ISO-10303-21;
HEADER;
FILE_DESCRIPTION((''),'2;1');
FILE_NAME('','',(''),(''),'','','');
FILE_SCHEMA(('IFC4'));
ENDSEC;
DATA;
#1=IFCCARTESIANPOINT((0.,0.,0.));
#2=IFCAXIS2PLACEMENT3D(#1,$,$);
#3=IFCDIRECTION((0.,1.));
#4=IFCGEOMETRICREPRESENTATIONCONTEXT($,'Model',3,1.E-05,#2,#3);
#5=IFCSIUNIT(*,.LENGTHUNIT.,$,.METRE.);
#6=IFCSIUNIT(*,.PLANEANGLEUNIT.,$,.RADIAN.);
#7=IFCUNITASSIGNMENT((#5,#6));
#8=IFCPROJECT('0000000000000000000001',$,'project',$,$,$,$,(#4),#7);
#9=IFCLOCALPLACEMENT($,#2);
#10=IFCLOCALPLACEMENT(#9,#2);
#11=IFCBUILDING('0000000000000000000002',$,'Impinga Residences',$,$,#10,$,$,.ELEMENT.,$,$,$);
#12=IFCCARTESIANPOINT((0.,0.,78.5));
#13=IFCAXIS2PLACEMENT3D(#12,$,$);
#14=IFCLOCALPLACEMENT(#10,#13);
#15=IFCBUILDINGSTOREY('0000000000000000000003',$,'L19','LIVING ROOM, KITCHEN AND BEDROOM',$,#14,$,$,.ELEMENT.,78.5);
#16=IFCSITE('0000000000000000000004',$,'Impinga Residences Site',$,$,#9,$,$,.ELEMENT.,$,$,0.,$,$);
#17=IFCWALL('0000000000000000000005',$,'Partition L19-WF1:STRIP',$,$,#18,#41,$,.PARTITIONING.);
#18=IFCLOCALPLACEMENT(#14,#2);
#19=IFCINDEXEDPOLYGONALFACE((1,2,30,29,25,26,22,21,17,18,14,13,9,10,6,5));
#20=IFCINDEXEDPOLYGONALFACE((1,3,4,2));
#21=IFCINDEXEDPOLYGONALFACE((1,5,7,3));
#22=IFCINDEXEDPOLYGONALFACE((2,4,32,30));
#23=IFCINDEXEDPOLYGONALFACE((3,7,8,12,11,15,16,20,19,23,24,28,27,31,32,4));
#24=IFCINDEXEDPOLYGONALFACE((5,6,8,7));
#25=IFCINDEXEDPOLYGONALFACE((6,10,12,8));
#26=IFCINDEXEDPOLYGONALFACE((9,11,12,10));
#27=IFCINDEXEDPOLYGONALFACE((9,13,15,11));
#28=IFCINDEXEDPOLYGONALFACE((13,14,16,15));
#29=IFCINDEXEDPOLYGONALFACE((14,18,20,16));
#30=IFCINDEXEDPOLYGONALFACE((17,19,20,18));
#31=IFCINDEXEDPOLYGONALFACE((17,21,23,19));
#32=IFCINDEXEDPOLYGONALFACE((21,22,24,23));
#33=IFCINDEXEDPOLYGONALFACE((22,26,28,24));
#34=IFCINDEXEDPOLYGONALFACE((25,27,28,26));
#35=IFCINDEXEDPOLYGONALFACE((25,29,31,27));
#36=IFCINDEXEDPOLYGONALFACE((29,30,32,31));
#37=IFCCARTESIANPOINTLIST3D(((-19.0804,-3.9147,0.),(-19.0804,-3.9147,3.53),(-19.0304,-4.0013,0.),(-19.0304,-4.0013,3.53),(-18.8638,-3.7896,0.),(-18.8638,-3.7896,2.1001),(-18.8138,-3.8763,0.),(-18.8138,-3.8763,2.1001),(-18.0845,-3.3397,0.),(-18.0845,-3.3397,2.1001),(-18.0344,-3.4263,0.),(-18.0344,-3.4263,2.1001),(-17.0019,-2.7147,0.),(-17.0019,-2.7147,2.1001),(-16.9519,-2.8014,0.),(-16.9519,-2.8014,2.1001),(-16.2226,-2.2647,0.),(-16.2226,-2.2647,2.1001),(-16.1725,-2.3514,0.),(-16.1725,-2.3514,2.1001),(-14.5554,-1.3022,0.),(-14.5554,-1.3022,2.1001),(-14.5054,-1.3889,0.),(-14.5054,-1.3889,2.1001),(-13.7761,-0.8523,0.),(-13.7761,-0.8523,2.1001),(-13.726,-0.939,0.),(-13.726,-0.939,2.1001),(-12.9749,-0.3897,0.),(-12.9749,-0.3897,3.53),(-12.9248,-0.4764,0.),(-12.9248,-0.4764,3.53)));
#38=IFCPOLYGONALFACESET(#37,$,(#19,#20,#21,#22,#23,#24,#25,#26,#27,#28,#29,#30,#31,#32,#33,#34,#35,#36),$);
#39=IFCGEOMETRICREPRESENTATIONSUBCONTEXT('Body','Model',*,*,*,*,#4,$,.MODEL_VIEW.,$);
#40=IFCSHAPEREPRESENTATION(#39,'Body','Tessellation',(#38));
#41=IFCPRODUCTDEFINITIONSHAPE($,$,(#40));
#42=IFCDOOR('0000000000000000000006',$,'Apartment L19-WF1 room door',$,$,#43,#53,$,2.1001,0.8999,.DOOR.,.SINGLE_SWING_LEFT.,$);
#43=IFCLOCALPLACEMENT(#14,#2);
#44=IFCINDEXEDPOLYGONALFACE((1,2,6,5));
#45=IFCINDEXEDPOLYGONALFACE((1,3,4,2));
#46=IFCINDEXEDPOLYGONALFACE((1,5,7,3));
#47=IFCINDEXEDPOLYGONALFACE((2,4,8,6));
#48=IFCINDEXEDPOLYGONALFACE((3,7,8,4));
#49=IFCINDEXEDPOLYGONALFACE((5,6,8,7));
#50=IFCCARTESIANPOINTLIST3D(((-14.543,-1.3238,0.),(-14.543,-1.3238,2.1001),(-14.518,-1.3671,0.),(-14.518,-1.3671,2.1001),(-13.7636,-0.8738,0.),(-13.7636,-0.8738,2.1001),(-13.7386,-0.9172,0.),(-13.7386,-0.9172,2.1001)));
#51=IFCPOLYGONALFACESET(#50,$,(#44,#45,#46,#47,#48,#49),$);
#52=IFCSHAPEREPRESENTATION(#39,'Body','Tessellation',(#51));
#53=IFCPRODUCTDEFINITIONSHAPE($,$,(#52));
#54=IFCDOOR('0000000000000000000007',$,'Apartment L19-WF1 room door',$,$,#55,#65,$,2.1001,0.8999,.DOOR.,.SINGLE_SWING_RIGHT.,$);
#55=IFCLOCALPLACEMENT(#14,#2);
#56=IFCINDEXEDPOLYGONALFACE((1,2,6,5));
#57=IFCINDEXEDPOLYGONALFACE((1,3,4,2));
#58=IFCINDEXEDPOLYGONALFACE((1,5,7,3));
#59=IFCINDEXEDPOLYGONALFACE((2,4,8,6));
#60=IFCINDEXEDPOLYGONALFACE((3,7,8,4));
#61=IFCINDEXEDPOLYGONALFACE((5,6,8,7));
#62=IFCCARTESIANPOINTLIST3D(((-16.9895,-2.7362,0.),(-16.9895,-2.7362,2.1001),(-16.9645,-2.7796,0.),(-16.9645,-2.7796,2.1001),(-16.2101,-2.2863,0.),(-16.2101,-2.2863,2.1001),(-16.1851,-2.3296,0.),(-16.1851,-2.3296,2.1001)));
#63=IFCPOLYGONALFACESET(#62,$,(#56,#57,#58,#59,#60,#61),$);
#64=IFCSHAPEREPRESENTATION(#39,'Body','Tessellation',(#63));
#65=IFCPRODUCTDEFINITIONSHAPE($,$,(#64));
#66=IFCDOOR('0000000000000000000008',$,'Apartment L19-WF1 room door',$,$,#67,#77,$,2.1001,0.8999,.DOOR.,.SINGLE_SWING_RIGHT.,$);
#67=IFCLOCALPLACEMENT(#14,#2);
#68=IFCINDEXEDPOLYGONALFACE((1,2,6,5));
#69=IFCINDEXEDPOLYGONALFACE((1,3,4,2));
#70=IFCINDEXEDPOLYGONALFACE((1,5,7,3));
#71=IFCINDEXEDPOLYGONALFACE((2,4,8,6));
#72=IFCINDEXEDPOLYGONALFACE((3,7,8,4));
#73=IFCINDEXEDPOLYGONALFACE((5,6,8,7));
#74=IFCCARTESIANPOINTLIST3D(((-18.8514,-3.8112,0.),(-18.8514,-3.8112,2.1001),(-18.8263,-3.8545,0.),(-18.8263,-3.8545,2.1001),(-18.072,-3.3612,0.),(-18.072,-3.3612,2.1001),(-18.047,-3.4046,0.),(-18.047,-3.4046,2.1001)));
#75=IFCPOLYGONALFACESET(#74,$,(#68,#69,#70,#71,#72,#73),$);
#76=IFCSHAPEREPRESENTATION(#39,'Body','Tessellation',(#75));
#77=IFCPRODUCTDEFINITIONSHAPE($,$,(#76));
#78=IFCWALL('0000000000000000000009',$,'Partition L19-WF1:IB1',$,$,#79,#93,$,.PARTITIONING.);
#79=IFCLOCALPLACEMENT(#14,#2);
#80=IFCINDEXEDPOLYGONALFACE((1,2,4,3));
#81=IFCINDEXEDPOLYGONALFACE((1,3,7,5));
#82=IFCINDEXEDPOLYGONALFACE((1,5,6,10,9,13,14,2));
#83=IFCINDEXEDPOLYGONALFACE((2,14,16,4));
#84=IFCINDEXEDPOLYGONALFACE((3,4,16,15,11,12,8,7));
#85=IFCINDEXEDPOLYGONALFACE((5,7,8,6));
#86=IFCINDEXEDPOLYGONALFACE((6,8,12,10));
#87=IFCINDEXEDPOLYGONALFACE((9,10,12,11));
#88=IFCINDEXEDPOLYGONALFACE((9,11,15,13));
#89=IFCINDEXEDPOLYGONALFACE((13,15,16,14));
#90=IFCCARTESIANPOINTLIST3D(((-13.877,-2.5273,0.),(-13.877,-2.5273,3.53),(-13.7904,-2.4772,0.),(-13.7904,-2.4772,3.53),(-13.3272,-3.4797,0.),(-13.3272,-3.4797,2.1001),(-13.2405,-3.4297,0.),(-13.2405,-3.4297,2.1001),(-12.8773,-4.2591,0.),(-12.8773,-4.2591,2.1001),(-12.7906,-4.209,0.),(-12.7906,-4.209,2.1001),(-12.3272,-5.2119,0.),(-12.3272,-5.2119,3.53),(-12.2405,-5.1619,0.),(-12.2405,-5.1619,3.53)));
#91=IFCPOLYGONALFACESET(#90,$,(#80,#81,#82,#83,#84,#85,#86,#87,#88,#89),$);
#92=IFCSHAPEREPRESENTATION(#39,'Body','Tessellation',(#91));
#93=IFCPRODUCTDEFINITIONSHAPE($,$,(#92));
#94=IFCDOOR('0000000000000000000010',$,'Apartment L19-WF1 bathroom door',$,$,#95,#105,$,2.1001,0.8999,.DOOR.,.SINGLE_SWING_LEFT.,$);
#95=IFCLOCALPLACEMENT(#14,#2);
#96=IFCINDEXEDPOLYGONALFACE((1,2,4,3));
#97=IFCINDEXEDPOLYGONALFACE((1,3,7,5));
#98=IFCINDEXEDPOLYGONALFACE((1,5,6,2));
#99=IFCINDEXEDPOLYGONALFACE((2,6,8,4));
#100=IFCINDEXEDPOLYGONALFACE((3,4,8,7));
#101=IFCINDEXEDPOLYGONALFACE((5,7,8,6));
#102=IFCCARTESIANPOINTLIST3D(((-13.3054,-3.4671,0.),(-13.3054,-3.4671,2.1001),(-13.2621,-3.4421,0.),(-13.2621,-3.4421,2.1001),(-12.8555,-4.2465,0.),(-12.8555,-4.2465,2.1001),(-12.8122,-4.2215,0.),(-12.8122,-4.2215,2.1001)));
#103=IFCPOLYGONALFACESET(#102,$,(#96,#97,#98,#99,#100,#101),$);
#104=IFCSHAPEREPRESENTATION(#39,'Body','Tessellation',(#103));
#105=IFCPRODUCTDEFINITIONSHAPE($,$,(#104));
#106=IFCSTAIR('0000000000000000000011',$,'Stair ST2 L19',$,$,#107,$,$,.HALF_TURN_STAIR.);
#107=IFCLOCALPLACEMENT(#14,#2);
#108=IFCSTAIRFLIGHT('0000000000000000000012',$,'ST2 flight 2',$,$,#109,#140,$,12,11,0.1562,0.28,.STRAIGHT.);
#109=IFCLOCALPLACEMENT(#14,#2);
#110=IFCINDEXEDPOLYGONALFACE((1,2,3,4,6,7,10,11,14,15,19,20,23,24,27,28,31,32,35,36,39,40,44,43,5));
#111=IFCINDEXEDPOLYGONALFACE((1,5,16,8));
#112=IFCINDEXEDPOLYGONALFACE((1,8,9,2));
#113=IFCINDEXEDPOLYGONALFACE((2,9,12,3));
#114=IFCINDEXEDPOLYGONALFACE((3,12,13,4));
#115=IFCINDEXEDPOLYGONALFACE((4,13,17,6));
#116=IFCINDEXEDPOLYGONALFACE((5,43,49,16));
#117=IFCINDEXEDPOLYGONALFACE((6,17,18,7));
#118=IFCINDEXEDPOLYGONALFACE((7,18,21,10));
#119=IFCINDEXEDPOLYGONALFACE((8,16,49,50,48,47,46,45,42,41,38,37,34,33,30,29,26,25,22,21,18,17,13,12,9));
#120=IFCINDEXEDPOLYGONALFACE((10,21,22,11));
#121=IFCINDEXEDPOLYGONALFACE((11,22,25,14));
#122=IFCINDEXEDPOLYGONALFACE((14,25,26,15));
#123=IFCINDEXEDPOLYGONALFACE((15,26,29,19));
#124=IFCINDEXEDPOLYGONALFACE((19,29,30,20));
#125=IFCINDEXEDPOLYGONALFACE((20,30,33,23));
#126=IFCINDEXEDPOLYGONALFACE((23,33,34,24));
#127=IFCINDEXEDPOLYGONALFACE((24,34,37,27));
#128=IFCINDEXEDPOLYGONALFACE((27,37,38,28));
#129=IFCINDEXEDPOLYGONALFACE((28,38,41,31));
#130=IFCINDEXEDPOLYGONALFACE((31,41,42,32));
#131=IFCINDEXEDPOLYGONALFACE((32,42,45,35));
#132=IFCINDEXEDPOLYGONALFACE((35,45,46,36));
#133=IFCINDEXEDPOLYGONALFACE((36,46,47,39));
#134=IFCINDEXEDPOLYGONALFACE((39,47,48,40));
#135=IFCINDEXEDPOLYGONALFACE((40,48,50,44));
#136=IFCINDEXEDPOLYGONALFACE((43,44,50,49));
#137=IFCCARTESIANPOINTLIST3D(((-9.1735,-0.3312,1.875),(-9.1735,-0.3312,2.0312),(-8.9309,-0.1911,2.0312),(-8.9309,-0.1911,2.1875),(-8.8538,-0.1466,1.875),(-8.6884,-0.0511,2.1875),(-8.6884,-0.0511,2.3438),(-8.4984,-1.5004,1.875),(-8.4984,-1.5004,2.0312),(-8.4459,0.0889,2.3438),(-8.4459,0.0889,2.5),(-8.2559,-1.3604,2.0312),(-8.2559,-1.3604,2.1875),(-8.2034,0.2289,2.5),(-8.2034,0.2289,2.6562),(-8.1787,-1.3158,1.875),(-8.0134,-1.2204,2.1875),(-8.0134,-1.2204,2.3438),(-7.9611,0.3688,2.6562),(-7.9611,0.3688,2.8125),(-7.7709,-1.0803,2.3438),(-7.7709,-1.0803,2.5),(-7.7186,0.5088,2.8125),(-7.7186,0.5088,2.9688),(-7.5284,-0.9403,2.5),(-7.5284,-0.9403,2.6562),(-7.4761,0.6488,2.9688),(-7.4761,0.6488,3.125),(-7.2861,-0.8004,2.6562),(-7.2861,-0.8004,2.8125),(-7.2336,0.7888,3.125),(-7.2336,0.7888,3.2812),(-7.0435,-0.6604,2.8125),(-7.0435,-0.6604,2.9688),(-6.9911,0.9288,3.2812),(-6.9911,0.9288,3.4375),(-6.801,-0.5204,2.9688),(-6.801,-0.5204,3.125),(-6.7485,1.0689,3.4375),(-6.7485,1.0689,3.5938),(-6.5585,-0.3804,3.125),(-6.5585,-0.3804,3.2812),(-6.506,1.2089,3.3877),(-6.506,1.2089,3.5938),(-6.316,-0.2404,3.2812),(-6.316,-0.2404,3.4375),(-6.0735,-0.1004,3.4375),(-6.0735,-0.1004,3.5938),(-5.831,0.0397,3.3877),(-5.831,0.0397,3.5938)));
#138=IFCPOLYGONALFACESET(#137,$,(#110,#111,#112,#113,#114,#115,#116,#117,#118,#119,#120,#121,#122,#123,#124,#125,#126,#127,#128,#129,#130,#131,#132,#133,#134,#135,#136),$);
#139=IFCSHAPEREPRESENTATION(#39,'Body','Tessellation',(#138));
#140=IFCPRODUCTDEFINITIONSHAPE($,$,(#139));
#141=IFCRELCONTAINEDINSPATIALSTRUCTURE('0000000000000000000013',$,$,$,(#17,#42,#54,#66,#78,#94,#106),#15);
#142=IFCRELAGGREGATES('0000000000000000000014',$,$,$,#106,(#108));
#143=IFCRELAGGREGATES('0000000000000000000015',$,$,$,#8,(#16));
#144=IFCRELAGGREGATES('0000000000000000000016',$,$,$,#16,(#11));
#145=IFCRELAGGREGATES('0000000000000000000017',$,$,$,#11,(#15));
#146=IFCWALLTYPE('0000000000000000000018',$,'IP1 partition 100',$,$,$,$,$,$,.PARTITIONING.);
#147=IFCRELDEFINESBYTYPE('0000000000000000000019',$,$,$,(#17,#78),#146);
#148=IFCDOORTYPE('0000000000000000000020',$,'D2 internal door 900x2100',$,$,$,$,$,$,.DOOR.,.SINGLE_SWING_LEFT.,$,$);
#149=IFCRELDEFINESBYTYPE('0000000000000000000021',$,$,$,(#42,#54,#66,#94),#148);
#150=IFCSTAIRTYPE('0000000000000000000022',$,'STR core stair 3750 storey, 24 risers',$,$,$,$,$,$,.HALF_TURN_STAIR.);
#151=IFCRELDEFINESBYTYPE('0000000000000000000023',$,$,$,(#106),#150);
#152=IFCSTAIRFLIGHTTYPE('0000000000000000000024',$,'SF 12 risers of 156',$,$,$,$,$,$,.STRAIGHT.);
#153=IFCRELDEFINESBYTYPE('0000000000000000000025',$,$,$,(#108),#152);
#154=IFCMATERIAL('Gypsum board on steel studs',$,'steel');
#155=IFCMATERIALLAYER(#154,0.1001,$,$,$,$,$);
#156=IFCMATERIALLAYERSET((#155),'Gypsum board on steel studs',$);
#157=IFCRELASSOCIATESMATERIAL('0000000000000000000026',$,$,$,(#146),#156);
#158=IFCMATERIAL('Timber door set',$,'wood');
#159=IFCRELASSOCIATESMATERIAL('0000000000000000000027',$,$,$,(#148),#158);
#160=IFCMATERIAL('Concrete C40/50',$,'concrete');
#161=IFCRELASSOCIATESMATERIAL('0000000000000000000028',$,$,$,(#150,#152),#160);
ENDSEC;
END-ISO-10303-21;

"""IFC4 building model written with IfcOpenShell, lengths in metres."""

from ifc_helpers import new_model, si_unit, direction, frame, frame_2d, origin, place, context, subcontext, project, spatial, polyline, rectangle, outline, extrude, material, layer, layer_set, type_object, element, fill, aggregate, save


model = new_model("IFC4")

# Units and contexts
model_context = context("Model", 3, precision=1e-05, world=origin(), true_north=direction((0.0, 1.0)))
body_context = subcontext(model_context, "Body", "Model", "MODEL_VIEW")
ifc_project = project(units=[si_unit("LENGTHUNIT", "METRE"), si_unit("PLANEANGLEUNIT", "RADIAN")], contexts=[model_context])

# Site, building, storey
site_placement = place(None, origin())
site = spatial("IfcSite", under=ifc_project, at=site_placement, Name="Impinga Residences Site", CompositionType="ELEMENT", RefElevation=0.0)
building_placement = place(site_placement, origin())
building = spatial("IfcBuilding", under=site, at=building_placement, Name="Impinga Residences", CompositionType="ELEMENT")
storey_placement = place(building_placement, frame((0.0, 0.0, 78.5)))
storey = spatial("IfcBuildingStorey", under=building, at=storey_placement, Name="L19", Description="LIVING ROOM, KITCHEN AND BEDROOM", CompositionType="ELEMENT", Elevation=78.5)

# Shared definitions
ifc_material_1 = material(Name="Timber door set", Category="wood")

# Shared definitions
ifc_material_2 = material(Name="Gypsum board on steel studs", Category="steel")
ifc_layer_1 = layer(ifc_material_2, 0.1001)
ifc_layer_set_1 = layer_set([ifc_layer_1], Name="Gypsum board on steel studs")
wall_type_1 = type_object("IfcWallType", Name="IP1 partition 100", PredefinedType="PARTITIONING", material=ifc_layer_set_1)

# Wall, openings, doors
wall_1_placement = place(storey_placement, frame((-12.95, -0.4331, 0.0), z_axis=(0.0, 0.0, 1.0), x_axis=(-0.866031, -0.49999, 0.0)))
wall_1 = element("IfcWall", 1, at=wall_1_placement, inside=storey, type_object=wall_type_1, Name="Partition L19-WF1:STRIP", PredefinedType="PARTITIONING", context=body_context, shape_type="SweptSolid", body=[
    extrude(rectangle(XDim=7.05, YDim=0.1001, at=frame_2d((3.5249, 0.0))), origin(), (0.0, 0.0, 1.0), 3.53),
])
opening_1_placement = place(wall_1_placement, frame((0.925, 0.0, 0.0)))
opening_1 = element("IfcOpeningElement", 2, at=opening_1_placement, cuts=wall_1, PredefinedType="OPENING", context=body_context, shape_type="SweptSolid", body=[
    extrude(rectangle(XDim=0.8999, YDim=2.1001, at=frame_2d((0.45, 1.05))), frame((0.0, 0.0601, 0.0), z_axis=(0.0, -1.0, 0.0), x_axis=(1.0, 0.0, 0.0)), (0.0, 0.0, 1.0), 0.1201),
])
opening_2_placement = place(wall_1_placement, frame((3.75, 0.0, 0.0)))
opening_2 = element("IfcOpeningElement", 3, at=opening_2_placement, cuts=wall_1, PredefinedType="OPENING", context=body_context, shape_type="SweptSolid", body=[
    extrude(rectangle(XDim=0.8999, YDim=2.1001, at=frame_2d((0.45, 1.05))), frame((0.0, 0.0601, 0.0), z_axis=(0.0, -1.0, 0.0), x_axis=(1.0, 0.0, 0.0)), (0.0, 0.0, 1.0), 0.1201),
])
opening_3_placement = place(wall_1_placement, frame((5.8999, 0.0, 0.0)))
opening_3 = element("IfcOpeningElement", 4, at=opening_3_placement, cuts=wall_1, PredefinedType="OPENING", context=body_context, shape_type="SweptSolid", body=[
    extrude(rectangle(XDim=0.8999, YDim=2.1001, at=frame_2d((0.45, 1.05))), frame((0.0, 0.0601, 0.0), z_axis=(0.0, -1.0, 0.0), x_axis=(1.0, 0.0, 0.0)), (0.0, 0.0, 1.0), 0.1201),
])
door_type_1 = type_object("IfcDoorType", Name="D2 internal door 900x2100", OperationType="SINGLE_SWING_LEFT", PredefinedType="DOOR", material=ifc_material_1)
door_1_placement = place(opening_1_placement, origin())
door_1 = element("IfcDoor", 5, at=door_1_placement, inside=storey, type_object=door_type_1, Name="Apartment L19-WF1 room door", OperationType="SINGLE_SWING_LEFT", OverallHeight=2.1001, OverallWidth=0.8999, PredefinedType="DOOR", context=body_context, shape_type="SweptSolid", body=[
    extrude(rectangle(XDim=0.8999, YDim=2.1001, at=frame_2d((0.45, 1.05))), frame((0.0, 0.0249, 0.0), z_axis=(0.0, -1.0, 0.0), x_axis=(1.0, 0.0, 0.0)), (0.0, 0.0, 1.0), 0.05),
])
fill(opening_1, door_1)
door_2_placement = place(opening_2_placement, origin())
door_2 = element("IfcDoor", 6, at=door_2_placement, inside=storey, type_object=door_type_1, Name="Apartment L19-WF1 room door", OperationType="SINGLE_SWING_RIGHT", OverallHeight=2.1001, OverallWidth=0.8999, PredefinedType="DOOR", context=body_context, shape_type="SweptSolid", body=[
    extrude(rectangle(XDim=0.8999, YDim=2.1001, at=frame_2d((0.45, 1.05))), frame((0.0, 0.0249, 0.0), z_axis=(0.0, -1.0, 0.0), x_axis=(1.0, 0.0, 0.0)), (0.0, 0.0, 1.0), 0.05),
])
fill(opening_2, door_2)
door_3_placement = place(opening_3_placement, origin())
door_3 = element("IfcDoor", 7, at=door_3_placement, inside=storey, type_object=door_type_1, Name="Apartment L19-WF1 room door", OperationType="SINGLE_SWING_RIGHT", OverallHeight=2.1001, OverallWidth=0.8999, PredefinedType="DOOR", context=body_context, shape_type="SweptSolid", body=[
    extrude(rectangle(XDim=0.8999, YDim=2.1001, at=frame_2d((0.45, 1.05))), frame((0.0, 0.0249, 0.0), z_axis=(0.0, -1.0, 0.0), x_axis=(1.0, 0.0, 0.0)), (0.0, 0.0, 1.0), 0.05),
])
fill(opening_3, door_3)

# Wall, opening, door
wall_2_placement = place(storey_placement, frame((-12.2839, -5.1868, 0.0), z_axis=(0.0, 0.0, 1.0), x_axis=(-0.499968, 0.866044, 0.0)))
wall_2 = element("IfcWall", 8, at=wall_2_placement, inside=storey, type_object=wall_type_1, Name="Partition L19-WF1:IB1", PredefinedType="PARTITIONING", context=body_context, shape_type="SweptSolid", body=[
    extrude(rectangle(XDim=3.0999, YDim=0.1001, at=frame_2d((1.5498, 0.0))), origin(), (0.0, 0.0, 1.0), 3.53),
])
opening_4_placement = place(wall_2_placement, frame((1.1001, 0.0, 0.0)))
opening_4 = element("IfcOpeningElement", 9, at=opening_4_placement, cuts=wall_2, PredefinedType="OPENING", context=body_context, shape_type="SweptSolid", body=[
    extrude(rectangle(XDim=0.8999, YDim=2.1001, at=frame_2d((0.45, 1.05))), frame((0.0, 0.0601, 0.0), z_axis=(0.0, -1.0, 0.0), x_axis=(1.0, 0.0, 0.0)), (0.0, 0.0, 1.0), 0.1201),
])
door_4_placement = place(opening_4_placement, origin())
door_4 = element("IfcDoor", 10, at=door_4_placement, inside=storey, type_object=door_type_1, Name="Apartment L19-WF1 bathroom door", OperationType="SINGLE_SWING_LEFT", OverallHeight=2.1001, OverallWidth=0.8999, PredefinedType="DOOR", context=body_context, shape_type="SweptSolid", body=[
    extrude(rectangle(XDim=0.8999, YDim=2.1001, at=frame_2d((0.45, 1.05))), frame((0.0, 0.0249, 0.0), z_axis=(0.0, -1.0, 0.0), x_axis=(1.0, 0.0, 0.0)), (0.0, 0.0, 1.0), 0.05),
])
fill(opening_4, door_4)

# Stair, stair flight
ifc_material_3 = material(Name="Concrete C40/50", Category="concrete")
stair_type = type_object("IfcStairType", Name="STR core stair 3750 storey, 24 risers", PredefinedType="HALF_TURN_STAIR", material=ifc_material_3)
stair_placement = place(storey_placement, origin())
stair = element("IfcStair", 11, at=stair_placement, inside=storey, type_object=stair_type, Name="Stair ST2 L19", PredefinedType="HALF_TURN_STAIR")
stair_flight_type = type_object("IfcStairFlightType", Name="SF 12 risers of 156", PredefinedType="STRAIGHT", material=ifc_material_3)
stair_flight_placement = place(storey_placement, frame((-8.8359, -0.9158, 1.875), z_axis=(0.0, 0.0, 1.0), x_axis=(0.866025, 0.5, 0.0)))
stair_flight = element("IfcStairFlight", 12, at=stair_flight_placement, type_object=stair_flight_type, Name="ST2 flight 2", NumberOfRisers=12, NumberOfTreads=11, PredefinedType="STRAIGHT", RiserHeight=0.1562, TreadLength=0.28, context=body_context, shape_type="SweptSolid", body=[
    extrude(outline(polyline([(0.0, 0.0), (0.0, 0.1562), (0.28, 0.1562), (0.28, 0.3125), (0.5601, 0.3125), (0.5601, 0.4688), (0.8401, 0.4688), (0.8401, 0.625), (1.1201, 0.625), (1.1201, 0.7812), (1.3999, 0.7812), (1.3999, 0.9375), (1.6799, 0.9375), (1.6799, 1.0938), (1.96, 1.0938), (1.96, 1.25), (2.24, 1.25), (2.24, 1.4062), (2.52, 1.4062), (2.52, 1.5625), (2.8, 1.5625), (2.8, 1.7188), (3.0801, 1.7188), (3.0801, 1.875), (3.0801, 1.5127), (0.3691, 0.0), (0.0, 0.0)])), frame((0.0, 0.675, 0.0), z_axis=(0.0, -1.0, 0.0), x_axis=(1.0, 0.0, 0.0)), (0.0, 0.0, 1.0), 1.3501),
])
aggregate(stair, [stair_flight])

save(model, "model.ifc")
